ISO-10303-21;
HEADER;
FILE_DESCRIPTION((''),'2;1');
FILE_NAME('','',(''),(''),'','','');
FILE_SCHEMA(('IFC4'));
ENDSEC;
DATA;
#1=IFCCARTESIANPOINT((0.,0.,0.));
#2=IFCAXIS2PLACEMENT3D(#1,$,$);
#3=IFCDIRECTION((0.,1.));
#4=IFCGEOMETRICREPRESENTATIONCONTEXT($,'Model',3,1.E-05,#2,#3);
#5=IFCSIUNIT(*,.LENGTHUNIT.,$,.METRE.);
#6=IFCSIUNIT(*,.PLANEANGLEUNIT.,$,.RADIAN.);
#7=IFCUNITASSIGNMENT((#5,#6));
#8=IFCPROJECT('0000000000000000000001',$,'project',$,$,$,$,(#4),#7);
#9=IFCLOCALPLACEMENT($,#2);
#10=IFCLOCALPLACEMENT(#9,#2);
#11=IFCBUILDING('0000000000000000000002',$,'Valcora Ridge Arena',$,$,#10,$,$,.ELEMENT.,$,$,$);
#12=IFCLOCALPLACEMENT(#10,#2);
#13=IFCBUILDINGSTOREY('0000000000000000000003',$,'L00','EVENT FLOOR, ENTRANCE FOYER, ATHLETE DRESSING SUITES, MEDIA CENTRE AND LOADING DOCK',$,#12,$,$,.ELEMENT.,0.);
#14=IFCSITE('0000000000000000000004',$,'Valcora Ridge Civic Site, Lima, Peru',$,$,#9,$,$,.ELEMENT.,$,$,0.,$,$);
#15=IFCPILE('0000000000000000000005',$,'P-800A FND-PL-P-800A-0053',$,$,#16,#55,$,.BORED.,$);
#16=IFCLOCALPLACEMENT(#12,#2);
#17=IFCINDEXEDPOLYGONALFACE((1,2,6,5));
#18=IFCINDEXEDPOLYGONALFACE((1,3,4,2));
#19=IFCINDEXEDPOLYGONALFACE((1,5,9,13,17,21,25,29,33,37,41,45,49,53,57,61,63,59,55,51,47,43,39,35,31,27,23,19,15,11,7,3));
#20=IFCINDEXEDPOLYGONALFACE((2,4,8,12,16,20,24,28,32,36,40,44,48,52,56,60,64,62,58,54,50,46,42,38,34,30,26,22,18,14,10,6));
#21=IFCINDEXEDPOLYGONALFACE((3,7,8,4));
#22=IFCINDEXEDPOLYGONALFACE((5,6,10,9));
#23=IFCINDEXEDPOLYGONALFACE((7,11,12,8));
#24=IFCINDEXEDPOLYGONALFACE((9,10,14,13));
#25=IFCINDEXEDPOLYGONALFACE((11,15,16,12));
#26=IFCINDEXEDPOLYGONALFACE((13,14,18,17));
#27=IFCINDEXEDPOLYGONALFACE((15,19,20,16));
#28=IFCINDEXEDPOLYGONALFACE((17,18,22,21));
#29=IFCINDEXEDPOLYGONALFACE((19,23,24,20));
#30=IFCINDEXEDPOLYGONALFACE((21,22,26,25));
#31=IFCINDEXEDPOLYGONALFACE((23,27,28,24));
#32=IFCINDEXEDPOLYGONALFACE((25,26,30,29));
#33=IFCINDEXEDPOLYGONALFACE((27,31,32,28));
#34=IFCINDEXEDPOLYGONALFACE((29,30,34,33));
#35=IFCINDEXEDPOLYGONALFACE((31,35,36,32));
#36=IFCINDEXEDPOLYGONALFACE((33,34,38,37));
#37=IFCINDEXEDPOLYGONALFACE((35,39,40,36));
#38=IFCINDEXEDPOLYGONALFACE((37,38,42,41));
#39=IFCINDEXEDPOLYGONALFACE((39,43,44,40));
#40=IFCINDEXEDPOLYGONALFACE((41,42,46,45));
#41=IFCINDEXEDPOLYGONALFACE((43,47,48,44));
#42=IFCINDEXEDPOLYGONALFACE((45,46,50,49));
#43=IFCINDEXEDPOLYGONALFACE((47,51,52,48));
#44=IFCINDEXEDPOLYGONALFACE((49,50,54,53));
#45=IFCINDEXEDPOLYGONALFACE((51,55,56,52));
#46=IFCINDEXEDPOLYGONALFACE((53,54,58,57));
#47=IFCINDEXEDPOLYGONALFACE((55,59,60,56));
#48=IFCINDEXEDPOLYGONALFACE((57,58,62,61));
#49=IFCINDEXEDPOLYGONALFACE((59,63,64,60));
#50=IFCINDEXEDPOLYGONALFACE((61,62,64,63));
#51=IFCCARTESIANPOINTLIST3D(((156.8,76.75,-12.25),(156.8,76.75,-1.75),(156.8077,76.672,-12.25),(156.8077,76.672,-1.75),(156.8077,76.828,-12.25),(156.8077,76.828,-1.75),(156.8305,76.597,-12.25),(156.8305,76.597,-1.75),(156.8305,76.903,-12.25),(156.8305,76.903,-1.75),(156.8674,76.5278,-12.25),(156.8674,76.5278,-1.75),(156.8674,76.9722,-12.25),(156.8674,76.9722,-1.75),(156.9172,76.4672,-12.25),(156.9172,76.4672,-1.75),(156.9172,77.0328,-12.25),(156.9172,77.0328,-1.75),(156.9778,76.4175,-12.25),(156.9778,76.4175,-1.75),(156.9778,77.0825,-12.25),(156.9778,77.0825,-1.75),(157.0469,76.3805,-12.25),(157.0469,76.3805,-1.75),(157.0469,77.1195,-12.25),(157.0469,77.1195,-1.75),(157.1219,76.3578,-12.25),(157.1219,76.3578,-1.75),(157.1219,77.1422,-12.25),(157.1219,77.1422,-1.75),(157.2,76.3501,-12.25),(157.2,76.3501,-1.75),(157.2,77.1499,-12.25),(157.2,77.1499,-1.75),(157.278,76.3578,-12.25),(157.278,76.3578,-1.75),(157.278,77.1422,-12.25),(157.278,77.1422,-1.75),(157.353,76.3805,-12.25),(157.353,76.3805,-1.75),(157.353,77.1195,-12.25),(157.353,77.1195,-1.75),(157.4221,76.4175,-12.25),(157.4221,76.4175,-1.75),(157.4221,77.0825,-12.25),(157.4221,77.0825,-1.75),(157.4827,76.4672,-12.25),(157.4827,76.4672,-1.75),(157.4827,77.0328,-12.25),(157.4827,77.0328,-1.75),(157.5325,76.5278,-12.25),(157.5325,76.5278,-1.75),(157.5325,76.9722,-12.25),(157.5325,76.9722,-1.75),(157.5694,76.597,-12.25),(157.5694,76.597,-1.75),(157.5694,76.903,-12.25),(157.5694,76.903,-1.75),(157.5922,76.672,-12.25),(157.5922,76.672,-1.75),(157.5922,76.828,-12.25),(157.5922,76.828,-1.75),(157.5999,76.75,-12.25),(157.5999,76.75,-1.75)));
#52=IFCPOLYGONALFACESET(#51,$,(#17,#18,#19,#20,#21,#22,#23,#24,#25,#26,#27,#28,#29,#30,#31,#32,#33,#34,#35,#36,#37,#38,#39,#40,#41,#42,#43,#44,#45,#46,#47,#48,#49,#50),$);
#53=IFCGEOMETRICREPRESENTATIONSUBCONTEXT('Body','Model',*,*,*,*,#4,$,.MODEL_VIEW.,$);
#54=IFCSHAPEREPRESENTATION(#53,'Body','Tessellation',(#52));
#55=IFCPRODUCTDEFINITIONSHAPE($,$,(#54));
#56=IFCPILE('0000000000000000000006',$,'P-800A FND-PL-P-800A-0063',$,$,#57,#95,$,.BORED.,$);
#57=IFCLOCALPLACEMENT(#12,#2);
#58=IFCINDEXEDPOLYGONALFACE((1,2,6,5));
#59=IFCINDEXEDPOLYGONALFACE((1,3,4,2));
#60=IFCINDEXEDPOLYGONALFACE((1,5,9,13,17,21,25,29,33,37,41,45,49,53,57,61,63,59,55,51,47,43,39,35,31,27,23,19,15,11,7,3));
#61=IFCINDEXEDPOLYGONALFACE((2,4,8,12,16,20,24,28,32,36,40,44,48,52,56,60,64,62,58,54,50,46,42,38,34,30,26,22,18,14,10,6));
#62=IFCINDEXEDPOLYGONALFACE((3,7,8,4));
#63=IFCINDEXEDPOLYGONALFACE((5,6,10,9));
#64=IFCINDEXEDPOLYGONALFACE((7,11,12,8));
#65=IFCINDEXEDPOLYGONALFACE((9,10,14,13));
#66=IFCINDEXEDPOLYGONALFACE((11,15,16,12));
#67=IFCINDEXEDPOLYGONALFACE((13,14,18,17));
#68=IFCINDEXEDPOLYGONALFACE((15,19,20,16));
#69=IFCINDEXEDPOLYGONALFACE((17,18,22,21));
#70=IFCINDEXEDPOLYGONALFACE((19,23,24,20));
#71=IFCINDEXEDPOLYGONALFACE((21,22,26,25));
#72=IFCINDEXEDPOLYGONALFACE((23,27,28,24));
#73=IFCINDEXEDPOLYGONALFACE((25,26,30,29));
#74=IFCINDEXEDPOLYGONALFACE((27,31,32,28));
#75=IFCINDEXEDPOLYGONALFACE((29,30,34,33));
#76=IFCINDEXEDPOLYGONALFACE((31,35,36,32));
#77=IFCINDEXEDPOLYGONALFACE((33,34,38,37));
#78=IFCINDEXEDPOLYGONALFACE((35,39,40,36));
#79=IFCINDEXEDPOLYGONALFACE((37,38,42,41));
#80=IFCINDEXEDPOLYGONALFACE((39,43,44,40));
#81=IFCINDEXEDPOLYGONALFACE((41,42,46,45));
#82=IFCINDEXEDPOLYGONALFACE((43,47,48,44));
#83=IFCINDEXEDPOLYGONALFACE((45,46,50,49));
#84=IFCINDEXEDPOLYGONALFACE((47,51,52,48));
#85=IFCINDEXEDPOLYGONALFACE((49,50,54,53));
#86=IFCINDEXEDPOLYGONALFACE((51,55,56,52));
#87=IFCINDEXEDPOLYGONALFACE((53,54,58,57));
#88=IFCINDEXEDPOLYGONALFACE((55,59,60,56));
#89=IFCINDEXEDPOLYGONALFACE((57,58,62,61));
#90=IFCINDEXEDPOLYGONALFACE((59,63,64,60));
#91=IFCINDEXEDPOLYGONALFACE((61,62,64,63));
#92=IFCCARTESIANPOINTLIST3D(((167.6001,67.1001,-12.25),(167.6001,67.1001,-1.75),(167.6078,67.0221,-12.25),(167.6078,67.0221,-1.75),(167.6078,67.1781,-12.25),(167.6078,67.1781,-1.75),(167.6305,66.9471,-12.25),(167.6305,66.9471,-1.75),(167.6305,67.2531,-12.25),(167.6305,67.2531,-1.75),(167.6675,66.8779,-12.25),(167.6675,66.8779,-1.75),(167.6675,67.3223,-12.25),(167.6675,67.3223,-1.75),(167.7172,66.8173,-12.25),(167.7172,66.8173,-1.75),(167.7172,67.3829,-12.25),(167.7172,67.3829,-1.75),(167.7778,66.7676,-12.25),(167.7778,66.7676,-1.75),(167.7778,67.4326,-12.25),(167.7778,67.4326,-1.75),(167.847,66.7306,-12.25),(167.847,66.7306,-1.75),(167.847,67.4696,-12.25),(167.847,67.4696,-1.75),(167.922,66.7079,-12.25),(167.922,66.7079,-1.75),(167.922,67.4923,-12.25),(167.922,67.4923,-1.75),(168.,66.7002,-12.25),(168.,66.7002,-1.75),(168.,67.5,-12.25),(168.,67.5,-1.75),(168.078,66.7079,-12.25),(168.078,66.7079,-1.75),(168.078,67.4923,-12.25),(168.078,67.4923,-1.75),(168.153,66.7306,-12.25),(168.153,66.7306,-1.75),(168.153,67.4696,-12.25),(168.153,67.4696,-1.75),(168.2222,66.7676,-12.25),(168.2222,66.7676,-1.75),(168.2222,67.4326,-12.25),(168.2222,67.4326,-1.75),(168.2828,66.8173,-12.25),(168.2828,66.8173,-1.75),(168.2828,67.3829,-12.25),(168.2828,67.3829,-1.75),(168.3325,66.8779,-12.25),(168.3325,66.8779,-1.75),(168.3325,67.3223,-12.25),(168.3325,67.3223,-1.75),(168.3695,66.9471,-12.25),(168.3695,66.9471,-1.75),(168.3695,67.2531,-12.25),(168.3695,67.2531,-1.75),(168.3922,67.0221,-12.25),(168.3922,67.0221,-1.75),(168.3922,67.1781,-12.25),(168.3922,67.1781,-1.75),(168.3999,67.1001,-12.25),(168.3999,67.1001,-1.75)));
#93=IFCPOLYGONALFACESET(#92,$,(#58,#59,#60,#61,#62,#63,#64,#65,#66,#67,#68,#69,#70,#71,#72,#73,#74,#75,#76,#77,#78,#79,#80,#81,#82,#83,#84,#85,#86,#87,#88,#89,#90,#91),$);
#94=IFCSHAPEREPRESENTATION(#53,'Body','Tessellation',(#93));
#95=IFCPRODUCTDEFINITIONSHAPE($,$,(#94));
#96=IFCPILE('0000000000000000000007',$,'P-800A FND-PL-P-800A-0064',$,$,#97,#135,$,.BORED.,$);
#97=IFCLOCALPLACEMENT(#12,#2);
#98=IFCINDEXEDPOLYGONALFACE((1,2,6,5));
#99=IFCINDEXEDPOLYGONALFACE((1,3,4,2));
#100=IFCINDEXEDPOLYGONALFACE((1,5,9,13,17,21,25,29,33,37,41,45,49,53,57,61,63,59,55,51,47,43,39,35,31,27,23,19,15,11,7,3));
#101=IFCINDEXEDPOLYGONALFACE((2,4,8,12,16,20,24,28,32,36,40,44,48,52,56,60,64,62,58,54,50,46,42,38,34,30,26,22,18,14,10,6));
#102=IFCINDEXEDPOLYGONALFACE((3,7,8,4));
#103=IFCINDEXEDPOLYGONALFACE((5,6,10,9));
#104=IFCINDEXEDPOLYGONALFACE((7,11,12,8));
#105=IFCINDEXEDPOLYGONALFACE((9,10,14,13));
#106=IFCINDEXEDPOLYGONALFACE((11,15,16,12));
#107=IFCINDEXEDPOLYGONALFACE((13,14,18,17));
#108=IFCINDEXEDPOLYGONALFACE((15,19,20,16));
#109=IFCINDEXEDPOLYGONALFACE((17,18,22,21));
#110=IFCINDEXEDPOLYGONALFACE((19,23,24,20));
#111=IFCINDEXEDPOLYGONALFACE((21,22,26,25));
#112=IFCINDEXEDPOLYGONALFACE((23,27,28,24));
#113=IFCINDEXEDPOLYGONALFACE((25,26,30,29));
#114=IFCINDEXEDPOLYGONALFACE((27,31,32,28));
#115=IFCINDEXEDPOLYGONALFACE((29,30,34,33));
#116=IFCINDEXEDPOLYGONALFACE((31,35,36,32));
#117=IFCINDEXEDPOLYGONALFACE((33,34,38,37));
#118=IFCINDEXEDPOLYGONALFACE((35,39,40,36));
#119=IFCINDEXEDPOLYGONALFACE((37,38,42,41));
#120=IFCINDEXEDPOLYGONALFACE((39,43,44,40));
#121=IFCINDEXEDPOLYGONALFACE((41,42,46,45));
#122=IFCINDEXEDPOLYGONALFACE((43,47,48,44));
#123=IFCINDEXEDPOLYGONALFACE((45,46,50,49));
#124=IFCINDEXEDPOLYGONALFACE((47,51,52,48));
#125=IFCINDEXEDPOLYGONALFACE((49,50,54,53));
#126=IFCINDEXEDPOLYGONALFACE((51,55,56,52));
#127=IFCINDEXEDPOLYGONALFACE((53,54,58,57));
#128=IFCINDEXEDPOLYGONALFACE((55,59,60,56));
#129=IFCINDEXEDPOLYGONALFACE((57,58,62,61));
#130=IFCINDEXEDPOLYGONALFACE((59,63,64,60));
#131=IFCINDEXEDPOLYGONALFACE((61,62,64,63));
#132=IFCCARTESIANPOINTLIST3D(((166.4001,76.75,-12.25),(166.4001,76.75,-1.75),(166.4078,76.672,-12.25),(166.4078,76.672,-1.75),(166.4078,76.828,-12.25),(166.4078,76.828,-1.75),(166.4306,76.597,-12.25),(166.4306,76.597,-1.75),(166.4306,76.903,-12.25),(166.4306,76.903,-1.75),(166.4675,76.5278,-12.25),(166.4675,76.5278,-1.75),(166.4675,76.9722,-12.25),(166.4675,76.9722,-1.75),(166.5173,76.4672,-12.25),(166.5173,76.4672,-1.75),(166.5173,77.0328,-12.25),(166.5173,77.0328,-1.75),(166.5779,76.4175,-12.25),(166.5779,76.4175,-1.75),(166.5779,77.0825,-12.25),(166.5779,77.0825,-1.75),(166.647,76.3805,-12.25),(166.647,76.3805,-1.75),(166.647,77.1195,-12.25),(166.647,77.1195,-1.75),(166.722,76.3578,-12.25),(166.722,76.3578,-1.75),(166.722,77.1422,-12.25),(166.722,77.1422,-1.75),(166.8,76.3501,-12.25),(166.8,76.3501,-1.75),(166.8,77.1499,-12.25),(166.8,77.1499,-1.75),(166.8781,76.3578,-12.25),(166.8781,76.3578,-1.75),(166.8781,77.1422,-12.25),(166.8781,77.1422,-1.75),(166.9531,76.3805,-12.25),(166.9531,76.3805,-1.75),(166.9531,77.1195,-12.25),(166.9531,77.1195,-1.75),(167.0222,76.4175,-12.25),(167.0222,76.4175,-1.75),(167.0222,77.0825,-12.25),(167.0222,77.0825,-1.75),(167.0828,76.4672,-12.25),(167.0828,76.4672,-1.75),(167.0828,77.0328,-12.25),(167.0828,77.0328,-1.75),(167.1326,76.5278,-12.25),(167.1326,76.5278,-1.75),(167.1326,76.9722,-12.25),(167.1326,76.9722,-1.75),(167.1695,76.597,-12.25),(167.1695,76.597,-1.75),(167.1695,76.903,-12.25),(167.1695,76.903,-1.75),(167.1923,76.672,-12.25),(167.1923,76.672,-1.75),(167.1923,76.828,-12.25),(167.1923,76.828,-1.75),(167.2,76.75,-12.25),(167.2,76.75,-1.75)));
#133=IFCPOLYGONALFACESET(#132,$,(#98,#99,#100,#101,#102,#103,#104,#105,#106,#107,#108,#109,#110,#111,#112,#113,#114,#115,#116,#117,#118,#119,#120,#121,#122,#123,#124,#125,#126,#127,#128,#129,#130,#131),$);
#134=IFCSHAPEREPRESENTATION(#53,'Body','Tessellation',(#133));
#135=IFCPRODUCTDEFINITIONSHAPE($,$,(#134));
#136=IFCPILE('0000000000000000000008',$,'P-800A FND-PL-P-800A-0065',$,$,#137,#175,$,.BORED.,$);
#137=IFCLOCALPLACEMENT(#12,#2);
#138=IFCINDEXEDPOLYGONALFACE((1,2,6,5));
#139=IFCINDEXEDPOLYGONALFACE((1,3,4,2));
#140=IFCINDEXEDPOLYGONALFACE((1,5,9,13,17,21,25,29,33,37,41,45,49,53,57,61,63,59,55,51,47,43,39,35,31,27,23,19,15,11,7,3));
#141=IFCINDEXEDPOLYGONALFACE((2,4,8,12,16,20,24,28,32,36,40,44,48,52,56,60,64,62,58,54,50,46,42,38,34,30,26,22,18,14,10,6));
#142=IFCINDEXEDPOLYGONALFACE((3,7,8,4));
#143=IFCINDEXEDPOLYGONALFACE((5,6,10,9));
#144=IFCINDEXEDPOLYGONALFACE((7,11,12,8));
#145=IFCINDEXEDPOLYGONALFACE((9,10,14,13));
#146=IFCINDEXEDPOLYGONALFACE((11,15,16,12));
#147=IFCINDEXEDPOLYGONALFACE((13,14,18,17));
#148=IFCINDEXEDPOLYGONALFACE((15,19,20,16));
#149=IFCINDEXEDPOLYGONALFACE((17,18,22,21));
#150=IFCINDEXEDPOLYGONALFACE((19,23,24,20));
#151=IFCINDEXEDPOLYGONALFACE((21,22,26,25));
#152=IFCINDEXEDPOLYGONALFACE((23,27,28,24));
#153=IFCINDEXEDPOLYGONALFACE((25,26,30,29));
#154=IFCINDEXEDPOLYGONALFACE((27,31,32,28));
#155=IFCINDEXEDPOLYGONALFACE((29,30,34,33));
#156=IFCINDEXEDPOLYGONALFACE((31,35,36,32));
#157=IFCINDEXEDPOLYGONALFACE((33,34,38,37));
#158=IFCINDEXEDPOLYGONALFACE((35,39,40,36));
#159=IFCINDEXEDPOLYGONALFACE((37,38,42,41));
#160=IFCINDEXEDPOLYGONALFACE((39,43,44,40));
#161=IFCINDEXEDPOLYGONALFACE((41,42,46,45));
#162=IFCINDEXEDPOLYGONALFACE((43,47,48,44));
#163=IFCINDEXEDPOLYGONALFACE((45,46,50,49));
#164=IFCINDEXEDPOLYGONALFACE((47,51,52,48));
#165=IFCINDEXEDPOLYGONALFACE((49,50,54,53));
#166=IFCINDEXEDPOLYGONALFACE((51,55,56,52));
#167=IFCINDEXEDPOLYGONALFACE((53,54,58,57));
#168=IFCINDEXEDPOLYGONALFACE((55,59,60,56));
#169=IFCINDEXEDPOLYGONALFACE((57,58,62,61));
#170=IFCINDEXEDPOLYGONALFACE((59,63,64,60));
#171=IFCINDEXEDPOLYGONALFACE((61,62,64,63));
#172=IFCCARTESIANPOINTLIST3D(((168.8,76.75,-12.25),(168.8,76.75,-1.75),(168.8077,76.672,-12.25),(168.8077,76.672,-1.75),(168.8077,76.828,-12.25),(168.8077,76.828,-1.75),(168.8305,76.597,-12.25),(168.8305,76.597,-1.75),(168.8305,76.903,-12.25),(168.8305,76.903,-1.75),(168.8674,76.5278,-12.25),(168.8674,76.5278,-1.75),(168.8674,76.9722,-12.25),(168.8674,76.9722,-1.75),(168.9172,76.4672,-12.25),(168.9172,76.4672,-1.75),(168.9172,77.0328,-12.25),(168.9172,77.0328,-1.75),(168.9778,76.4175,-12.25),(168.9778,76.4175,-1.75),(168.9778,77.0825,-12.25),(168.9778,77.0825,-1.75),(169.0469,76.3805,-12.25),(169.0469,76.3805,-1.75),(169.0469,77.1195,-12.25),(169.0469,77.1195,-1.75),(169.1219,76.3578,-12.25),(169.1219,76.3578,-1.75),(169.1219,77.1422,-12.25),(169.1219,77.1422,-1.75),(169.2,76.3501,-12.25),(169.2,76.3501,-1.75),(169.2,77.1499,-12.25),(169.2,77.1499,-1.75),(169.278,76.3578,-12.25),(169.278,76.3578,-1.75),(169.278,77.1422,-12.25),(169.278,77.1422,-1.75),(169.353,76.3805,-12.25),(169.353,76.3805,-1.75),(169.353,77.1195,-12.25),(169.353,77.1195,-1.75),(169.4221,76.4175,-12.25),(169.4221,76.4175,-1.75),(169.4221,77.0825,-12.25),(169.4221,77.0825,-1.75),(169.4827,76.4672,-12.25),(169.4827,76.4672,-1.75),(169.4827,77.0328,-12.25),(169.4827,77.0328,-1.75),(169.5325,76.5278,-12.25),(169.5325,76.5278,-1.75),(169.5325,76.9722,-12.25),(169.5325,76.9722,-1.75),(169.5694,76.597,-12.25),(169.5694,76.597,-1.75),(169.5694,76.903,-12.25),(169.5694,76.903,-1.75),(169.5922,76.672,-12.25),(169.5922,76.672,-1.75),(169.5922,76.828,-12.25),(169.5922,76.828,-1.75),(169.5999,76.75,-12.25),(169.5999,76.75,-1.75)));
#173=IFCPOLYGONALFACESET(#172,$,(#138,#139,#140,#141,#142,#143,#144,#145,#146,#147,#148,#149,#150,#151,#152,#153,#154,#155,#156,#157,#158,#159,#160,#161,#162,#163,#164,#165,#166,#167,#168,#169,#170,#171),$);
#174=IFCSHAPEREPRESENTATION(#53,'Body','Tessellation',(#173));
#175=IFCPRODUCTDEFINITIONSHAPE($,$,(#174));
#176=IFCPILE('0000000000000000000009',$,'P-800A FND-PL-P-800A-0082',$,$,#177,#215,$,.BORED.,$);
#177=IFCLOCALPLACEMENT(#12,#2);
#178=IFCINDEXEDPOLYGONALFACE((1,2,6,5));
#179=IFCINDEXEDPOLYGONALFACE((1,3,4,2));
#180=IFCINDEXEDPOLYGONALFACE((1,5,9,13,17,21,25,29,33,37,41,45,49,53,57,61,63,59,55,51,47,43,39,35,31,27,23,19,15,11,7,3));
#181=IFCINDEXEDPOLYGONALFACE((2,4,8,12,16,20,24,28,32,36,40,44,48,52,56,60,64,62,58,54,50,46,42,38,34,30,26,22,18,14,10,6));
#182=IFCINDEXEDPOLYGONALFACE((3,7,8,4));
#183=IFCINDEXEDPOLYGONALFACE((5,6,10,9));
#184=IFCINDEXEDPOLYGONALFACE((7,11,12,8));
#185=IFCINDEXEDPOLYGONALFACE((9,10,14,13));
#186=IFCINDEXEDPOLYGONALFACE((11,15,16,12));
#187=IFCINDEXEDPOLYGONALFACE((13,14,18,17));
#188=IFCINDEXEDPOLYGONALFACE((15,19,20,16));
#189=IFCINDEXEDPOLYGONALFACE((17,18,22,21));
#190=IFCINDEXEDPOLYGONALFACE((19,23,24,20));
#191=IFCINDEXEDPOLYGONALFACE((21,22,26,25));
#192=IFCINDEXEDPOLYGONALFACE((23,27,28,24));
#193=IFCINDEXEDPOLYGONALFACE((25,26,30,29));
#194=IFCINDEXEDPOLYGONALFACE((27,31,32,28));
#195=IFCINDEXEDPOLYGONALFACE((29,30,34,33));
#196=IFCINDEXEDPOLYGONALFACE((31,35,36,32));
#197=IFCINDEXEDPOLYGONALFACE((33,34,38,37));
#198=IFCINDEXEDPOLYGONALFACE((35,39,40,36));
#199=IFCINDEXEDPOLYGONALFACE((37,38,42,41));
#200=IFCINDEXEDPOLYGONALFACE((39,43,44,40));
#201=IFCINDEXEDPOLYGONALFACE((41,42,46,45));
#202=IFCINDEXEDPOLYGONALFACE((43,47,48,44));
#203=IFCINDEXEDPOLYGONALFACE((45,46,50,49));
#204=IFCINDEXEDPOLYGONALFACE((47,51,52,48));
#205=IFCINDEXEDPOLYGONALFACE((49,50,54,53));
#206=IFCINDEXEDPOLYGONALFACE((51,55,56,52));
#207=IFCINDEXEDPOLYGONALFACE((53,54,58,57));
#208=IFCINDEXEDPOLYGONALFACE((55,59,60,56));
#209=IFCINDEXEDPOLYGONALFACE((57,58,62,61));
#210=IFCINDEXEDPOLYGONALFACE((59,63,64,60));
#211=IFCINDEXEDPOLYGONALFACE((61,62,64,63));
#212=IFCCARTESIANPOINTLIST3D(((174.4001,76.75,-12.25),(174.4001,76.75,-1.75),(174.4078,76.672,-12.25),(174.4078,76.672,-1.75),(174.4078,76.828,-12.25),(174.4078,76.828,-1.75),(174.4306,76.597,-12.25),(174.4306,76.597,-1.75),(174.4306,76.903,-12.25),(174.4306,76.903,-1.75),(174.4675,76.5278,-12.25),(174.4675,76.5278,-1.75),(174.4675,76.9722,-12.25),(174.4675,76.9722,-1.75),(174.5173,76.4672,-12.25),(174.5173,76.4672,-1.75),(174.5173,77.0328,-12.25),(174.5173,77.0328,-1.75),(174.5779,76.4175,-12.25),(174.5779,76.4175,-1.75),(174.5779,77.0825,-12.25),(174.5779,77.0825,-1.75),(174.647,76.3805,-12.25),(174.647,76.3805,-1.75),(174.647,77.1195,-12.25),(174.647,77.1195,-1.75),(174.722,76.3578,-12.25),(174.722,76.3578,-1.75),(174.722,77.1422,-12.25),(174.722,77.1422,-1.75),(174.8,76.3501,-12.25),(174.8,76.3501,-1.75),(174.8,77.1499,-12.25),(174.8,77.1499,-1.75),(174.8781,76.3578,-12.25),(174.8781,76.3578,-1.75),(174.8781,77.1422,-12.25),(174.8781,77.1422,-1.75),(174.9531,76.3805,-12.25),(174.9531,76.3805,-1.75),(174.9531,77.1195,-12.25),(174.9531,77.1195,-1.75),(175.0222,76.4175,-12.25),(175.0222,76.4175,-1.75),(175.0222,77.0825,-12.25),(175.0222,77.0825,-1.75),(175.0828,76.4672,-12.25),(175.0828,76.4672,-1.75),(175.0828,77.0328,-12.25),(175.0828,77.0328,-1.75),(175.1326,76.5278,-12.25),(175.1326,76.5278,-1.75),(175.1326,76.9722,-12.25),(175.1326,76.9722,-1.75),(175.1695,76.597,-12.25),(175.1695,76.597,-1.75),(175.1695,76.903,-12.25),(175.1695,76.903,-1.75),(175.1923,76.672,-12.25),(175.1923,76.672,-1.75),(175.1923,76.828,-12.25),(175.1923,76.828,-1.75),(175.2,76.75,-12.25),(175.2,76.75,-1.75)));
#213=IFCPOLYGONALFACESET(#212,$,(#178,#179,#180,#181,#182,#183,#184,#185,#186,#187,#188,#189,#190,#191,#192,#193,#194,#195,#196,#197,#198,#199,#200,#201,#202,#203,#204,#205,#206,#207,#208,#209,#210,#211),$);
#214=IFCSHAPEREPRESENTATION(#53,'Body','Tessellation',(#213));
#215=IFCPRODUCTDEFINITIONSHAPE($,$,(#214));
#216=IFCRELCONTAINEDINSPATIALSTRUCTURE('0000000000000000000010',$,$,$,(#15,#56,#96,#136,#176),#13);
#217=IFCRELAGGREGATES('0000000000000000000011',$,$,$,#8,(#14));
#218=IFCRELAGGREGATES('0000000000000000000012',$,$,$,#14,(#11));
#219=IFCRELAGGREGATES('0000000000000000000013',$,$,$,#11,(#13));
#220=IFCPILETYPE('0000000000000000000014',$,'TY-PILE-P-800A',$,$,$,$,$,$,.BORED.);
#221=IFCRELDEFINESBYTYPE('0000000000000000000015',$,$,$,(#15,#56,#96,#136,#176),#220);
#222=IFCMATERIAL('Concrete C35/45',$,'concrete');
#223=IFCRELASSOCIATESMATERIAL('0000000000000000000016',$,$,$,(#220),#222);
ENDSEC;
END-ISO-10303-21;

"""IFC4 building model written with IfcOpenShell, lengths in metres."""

from ifc_helpers import new_model, si_unit, direction, frame, origin, origin_2d, place, context, subcontext, project, spatial, circle, extrude, material, material_profile, profile_set, type_object, element, save


model = new_model("IFC4")

# Units and contexts
model_context = context("Model", 3, precision=1e-05, world=origin(), true_north=direction((0.0, 1.0)))
body_context = subcontext(model_context, "Body", "Model", "MODEL_VIEW")
ifc_project = project(units=[si_unit("LENGTHUNIT", "METRE"), si_unit("PLANEANGLEUNIT", "RADIAN")], contexts=[model_context])

# Site, building, storey
site_placement = place(None, origin())
site = spatial("IfcSite", under=ifc_project, at=site_placement, Name="Valcora Ridge Civic Site, Lima, Peru", CompositionType="ELEMENT", RefElevation=0.0)
building_placement = place(site_placement, origin())
building = spatial("IfcBuilding", under=site, at=building_placement, Name="Valcora Ridge Arena", CompositionType="ELEMENT")
storey_placement = place(building_placement, origin())
storey = spatial("IfcBuildingStorey", under=building, at=storey_placement, Name="L00", Description="EVENT FLOOR, ENTRANCE FOYER, ATHLETE DRESSING SUITES, MEDIA CENTRE AND LOADING DOCK", CompositionType="ELEMENT", Elevation=0.0)

# Piles
ifc_material_1 = material(Name="Concrete C35/45", Category="concrete")
ifc_material_profile_1 = material_profile(ifc_material_1, circle(Radius=0.3999, at=origin_2d()), Name="BORED PILE D800")
ifc_profile_set_1 = profile_set([ifc_material_profile_1], Name="Concrete C35/45")
pile_type = type_object("IfcPileType", Name="TY-PILE-P-800A", PredefinedType="BORED", material=ifc_profile_set_1)
for number, where, z_axis, x_axis, name in (
    (1, (157.2, 76.75, -1.75), (0.0, 0.0, -1.0), (1.0, 0.0, 0.0), "P-800A FND-PL-P-800A-0053"),
    (2, (168.0, 67.1001, -1.75), (0.0, 0.0, -1.0), (1.0, 0.0, 0.0), "P-800A FND-PL-P-800A-0063"),
    (3, (166.8, 76.75, -1.75), (0.0, 0.0, -1.0), (1.0, 0.0, 0.0), "P-800A FND-PL-P-800A-0064"),
    (4, (169.2, 76.75, -1.75), (0.0, 0.0, -1.0), (1.0, 0.0, 0.0), "P-800A FND-PL-P-800A-0065"),
    (5, (174.8, 76.75, -1.75), (0.0, 0.0, -1.0), (1.0, 0.0, 0.0), "P-800A FND-PL-P-800A-0082"),
):
    element("IfcPile", number, at=place(storey_placement, frame(where, z_axis=z_axis, x_axis=x_axis)), inside=storey, type_object=pile_type, Name=name, PredefinedType="BORED", context=body_context, shape_type="SweptSolid", body=[
        extrude(circle(Radius=0.3999, at=origin_2d()), origin(), (0.0, 0.0, 1.0), 10.5),
    ])

save(model, "model.ifc")
